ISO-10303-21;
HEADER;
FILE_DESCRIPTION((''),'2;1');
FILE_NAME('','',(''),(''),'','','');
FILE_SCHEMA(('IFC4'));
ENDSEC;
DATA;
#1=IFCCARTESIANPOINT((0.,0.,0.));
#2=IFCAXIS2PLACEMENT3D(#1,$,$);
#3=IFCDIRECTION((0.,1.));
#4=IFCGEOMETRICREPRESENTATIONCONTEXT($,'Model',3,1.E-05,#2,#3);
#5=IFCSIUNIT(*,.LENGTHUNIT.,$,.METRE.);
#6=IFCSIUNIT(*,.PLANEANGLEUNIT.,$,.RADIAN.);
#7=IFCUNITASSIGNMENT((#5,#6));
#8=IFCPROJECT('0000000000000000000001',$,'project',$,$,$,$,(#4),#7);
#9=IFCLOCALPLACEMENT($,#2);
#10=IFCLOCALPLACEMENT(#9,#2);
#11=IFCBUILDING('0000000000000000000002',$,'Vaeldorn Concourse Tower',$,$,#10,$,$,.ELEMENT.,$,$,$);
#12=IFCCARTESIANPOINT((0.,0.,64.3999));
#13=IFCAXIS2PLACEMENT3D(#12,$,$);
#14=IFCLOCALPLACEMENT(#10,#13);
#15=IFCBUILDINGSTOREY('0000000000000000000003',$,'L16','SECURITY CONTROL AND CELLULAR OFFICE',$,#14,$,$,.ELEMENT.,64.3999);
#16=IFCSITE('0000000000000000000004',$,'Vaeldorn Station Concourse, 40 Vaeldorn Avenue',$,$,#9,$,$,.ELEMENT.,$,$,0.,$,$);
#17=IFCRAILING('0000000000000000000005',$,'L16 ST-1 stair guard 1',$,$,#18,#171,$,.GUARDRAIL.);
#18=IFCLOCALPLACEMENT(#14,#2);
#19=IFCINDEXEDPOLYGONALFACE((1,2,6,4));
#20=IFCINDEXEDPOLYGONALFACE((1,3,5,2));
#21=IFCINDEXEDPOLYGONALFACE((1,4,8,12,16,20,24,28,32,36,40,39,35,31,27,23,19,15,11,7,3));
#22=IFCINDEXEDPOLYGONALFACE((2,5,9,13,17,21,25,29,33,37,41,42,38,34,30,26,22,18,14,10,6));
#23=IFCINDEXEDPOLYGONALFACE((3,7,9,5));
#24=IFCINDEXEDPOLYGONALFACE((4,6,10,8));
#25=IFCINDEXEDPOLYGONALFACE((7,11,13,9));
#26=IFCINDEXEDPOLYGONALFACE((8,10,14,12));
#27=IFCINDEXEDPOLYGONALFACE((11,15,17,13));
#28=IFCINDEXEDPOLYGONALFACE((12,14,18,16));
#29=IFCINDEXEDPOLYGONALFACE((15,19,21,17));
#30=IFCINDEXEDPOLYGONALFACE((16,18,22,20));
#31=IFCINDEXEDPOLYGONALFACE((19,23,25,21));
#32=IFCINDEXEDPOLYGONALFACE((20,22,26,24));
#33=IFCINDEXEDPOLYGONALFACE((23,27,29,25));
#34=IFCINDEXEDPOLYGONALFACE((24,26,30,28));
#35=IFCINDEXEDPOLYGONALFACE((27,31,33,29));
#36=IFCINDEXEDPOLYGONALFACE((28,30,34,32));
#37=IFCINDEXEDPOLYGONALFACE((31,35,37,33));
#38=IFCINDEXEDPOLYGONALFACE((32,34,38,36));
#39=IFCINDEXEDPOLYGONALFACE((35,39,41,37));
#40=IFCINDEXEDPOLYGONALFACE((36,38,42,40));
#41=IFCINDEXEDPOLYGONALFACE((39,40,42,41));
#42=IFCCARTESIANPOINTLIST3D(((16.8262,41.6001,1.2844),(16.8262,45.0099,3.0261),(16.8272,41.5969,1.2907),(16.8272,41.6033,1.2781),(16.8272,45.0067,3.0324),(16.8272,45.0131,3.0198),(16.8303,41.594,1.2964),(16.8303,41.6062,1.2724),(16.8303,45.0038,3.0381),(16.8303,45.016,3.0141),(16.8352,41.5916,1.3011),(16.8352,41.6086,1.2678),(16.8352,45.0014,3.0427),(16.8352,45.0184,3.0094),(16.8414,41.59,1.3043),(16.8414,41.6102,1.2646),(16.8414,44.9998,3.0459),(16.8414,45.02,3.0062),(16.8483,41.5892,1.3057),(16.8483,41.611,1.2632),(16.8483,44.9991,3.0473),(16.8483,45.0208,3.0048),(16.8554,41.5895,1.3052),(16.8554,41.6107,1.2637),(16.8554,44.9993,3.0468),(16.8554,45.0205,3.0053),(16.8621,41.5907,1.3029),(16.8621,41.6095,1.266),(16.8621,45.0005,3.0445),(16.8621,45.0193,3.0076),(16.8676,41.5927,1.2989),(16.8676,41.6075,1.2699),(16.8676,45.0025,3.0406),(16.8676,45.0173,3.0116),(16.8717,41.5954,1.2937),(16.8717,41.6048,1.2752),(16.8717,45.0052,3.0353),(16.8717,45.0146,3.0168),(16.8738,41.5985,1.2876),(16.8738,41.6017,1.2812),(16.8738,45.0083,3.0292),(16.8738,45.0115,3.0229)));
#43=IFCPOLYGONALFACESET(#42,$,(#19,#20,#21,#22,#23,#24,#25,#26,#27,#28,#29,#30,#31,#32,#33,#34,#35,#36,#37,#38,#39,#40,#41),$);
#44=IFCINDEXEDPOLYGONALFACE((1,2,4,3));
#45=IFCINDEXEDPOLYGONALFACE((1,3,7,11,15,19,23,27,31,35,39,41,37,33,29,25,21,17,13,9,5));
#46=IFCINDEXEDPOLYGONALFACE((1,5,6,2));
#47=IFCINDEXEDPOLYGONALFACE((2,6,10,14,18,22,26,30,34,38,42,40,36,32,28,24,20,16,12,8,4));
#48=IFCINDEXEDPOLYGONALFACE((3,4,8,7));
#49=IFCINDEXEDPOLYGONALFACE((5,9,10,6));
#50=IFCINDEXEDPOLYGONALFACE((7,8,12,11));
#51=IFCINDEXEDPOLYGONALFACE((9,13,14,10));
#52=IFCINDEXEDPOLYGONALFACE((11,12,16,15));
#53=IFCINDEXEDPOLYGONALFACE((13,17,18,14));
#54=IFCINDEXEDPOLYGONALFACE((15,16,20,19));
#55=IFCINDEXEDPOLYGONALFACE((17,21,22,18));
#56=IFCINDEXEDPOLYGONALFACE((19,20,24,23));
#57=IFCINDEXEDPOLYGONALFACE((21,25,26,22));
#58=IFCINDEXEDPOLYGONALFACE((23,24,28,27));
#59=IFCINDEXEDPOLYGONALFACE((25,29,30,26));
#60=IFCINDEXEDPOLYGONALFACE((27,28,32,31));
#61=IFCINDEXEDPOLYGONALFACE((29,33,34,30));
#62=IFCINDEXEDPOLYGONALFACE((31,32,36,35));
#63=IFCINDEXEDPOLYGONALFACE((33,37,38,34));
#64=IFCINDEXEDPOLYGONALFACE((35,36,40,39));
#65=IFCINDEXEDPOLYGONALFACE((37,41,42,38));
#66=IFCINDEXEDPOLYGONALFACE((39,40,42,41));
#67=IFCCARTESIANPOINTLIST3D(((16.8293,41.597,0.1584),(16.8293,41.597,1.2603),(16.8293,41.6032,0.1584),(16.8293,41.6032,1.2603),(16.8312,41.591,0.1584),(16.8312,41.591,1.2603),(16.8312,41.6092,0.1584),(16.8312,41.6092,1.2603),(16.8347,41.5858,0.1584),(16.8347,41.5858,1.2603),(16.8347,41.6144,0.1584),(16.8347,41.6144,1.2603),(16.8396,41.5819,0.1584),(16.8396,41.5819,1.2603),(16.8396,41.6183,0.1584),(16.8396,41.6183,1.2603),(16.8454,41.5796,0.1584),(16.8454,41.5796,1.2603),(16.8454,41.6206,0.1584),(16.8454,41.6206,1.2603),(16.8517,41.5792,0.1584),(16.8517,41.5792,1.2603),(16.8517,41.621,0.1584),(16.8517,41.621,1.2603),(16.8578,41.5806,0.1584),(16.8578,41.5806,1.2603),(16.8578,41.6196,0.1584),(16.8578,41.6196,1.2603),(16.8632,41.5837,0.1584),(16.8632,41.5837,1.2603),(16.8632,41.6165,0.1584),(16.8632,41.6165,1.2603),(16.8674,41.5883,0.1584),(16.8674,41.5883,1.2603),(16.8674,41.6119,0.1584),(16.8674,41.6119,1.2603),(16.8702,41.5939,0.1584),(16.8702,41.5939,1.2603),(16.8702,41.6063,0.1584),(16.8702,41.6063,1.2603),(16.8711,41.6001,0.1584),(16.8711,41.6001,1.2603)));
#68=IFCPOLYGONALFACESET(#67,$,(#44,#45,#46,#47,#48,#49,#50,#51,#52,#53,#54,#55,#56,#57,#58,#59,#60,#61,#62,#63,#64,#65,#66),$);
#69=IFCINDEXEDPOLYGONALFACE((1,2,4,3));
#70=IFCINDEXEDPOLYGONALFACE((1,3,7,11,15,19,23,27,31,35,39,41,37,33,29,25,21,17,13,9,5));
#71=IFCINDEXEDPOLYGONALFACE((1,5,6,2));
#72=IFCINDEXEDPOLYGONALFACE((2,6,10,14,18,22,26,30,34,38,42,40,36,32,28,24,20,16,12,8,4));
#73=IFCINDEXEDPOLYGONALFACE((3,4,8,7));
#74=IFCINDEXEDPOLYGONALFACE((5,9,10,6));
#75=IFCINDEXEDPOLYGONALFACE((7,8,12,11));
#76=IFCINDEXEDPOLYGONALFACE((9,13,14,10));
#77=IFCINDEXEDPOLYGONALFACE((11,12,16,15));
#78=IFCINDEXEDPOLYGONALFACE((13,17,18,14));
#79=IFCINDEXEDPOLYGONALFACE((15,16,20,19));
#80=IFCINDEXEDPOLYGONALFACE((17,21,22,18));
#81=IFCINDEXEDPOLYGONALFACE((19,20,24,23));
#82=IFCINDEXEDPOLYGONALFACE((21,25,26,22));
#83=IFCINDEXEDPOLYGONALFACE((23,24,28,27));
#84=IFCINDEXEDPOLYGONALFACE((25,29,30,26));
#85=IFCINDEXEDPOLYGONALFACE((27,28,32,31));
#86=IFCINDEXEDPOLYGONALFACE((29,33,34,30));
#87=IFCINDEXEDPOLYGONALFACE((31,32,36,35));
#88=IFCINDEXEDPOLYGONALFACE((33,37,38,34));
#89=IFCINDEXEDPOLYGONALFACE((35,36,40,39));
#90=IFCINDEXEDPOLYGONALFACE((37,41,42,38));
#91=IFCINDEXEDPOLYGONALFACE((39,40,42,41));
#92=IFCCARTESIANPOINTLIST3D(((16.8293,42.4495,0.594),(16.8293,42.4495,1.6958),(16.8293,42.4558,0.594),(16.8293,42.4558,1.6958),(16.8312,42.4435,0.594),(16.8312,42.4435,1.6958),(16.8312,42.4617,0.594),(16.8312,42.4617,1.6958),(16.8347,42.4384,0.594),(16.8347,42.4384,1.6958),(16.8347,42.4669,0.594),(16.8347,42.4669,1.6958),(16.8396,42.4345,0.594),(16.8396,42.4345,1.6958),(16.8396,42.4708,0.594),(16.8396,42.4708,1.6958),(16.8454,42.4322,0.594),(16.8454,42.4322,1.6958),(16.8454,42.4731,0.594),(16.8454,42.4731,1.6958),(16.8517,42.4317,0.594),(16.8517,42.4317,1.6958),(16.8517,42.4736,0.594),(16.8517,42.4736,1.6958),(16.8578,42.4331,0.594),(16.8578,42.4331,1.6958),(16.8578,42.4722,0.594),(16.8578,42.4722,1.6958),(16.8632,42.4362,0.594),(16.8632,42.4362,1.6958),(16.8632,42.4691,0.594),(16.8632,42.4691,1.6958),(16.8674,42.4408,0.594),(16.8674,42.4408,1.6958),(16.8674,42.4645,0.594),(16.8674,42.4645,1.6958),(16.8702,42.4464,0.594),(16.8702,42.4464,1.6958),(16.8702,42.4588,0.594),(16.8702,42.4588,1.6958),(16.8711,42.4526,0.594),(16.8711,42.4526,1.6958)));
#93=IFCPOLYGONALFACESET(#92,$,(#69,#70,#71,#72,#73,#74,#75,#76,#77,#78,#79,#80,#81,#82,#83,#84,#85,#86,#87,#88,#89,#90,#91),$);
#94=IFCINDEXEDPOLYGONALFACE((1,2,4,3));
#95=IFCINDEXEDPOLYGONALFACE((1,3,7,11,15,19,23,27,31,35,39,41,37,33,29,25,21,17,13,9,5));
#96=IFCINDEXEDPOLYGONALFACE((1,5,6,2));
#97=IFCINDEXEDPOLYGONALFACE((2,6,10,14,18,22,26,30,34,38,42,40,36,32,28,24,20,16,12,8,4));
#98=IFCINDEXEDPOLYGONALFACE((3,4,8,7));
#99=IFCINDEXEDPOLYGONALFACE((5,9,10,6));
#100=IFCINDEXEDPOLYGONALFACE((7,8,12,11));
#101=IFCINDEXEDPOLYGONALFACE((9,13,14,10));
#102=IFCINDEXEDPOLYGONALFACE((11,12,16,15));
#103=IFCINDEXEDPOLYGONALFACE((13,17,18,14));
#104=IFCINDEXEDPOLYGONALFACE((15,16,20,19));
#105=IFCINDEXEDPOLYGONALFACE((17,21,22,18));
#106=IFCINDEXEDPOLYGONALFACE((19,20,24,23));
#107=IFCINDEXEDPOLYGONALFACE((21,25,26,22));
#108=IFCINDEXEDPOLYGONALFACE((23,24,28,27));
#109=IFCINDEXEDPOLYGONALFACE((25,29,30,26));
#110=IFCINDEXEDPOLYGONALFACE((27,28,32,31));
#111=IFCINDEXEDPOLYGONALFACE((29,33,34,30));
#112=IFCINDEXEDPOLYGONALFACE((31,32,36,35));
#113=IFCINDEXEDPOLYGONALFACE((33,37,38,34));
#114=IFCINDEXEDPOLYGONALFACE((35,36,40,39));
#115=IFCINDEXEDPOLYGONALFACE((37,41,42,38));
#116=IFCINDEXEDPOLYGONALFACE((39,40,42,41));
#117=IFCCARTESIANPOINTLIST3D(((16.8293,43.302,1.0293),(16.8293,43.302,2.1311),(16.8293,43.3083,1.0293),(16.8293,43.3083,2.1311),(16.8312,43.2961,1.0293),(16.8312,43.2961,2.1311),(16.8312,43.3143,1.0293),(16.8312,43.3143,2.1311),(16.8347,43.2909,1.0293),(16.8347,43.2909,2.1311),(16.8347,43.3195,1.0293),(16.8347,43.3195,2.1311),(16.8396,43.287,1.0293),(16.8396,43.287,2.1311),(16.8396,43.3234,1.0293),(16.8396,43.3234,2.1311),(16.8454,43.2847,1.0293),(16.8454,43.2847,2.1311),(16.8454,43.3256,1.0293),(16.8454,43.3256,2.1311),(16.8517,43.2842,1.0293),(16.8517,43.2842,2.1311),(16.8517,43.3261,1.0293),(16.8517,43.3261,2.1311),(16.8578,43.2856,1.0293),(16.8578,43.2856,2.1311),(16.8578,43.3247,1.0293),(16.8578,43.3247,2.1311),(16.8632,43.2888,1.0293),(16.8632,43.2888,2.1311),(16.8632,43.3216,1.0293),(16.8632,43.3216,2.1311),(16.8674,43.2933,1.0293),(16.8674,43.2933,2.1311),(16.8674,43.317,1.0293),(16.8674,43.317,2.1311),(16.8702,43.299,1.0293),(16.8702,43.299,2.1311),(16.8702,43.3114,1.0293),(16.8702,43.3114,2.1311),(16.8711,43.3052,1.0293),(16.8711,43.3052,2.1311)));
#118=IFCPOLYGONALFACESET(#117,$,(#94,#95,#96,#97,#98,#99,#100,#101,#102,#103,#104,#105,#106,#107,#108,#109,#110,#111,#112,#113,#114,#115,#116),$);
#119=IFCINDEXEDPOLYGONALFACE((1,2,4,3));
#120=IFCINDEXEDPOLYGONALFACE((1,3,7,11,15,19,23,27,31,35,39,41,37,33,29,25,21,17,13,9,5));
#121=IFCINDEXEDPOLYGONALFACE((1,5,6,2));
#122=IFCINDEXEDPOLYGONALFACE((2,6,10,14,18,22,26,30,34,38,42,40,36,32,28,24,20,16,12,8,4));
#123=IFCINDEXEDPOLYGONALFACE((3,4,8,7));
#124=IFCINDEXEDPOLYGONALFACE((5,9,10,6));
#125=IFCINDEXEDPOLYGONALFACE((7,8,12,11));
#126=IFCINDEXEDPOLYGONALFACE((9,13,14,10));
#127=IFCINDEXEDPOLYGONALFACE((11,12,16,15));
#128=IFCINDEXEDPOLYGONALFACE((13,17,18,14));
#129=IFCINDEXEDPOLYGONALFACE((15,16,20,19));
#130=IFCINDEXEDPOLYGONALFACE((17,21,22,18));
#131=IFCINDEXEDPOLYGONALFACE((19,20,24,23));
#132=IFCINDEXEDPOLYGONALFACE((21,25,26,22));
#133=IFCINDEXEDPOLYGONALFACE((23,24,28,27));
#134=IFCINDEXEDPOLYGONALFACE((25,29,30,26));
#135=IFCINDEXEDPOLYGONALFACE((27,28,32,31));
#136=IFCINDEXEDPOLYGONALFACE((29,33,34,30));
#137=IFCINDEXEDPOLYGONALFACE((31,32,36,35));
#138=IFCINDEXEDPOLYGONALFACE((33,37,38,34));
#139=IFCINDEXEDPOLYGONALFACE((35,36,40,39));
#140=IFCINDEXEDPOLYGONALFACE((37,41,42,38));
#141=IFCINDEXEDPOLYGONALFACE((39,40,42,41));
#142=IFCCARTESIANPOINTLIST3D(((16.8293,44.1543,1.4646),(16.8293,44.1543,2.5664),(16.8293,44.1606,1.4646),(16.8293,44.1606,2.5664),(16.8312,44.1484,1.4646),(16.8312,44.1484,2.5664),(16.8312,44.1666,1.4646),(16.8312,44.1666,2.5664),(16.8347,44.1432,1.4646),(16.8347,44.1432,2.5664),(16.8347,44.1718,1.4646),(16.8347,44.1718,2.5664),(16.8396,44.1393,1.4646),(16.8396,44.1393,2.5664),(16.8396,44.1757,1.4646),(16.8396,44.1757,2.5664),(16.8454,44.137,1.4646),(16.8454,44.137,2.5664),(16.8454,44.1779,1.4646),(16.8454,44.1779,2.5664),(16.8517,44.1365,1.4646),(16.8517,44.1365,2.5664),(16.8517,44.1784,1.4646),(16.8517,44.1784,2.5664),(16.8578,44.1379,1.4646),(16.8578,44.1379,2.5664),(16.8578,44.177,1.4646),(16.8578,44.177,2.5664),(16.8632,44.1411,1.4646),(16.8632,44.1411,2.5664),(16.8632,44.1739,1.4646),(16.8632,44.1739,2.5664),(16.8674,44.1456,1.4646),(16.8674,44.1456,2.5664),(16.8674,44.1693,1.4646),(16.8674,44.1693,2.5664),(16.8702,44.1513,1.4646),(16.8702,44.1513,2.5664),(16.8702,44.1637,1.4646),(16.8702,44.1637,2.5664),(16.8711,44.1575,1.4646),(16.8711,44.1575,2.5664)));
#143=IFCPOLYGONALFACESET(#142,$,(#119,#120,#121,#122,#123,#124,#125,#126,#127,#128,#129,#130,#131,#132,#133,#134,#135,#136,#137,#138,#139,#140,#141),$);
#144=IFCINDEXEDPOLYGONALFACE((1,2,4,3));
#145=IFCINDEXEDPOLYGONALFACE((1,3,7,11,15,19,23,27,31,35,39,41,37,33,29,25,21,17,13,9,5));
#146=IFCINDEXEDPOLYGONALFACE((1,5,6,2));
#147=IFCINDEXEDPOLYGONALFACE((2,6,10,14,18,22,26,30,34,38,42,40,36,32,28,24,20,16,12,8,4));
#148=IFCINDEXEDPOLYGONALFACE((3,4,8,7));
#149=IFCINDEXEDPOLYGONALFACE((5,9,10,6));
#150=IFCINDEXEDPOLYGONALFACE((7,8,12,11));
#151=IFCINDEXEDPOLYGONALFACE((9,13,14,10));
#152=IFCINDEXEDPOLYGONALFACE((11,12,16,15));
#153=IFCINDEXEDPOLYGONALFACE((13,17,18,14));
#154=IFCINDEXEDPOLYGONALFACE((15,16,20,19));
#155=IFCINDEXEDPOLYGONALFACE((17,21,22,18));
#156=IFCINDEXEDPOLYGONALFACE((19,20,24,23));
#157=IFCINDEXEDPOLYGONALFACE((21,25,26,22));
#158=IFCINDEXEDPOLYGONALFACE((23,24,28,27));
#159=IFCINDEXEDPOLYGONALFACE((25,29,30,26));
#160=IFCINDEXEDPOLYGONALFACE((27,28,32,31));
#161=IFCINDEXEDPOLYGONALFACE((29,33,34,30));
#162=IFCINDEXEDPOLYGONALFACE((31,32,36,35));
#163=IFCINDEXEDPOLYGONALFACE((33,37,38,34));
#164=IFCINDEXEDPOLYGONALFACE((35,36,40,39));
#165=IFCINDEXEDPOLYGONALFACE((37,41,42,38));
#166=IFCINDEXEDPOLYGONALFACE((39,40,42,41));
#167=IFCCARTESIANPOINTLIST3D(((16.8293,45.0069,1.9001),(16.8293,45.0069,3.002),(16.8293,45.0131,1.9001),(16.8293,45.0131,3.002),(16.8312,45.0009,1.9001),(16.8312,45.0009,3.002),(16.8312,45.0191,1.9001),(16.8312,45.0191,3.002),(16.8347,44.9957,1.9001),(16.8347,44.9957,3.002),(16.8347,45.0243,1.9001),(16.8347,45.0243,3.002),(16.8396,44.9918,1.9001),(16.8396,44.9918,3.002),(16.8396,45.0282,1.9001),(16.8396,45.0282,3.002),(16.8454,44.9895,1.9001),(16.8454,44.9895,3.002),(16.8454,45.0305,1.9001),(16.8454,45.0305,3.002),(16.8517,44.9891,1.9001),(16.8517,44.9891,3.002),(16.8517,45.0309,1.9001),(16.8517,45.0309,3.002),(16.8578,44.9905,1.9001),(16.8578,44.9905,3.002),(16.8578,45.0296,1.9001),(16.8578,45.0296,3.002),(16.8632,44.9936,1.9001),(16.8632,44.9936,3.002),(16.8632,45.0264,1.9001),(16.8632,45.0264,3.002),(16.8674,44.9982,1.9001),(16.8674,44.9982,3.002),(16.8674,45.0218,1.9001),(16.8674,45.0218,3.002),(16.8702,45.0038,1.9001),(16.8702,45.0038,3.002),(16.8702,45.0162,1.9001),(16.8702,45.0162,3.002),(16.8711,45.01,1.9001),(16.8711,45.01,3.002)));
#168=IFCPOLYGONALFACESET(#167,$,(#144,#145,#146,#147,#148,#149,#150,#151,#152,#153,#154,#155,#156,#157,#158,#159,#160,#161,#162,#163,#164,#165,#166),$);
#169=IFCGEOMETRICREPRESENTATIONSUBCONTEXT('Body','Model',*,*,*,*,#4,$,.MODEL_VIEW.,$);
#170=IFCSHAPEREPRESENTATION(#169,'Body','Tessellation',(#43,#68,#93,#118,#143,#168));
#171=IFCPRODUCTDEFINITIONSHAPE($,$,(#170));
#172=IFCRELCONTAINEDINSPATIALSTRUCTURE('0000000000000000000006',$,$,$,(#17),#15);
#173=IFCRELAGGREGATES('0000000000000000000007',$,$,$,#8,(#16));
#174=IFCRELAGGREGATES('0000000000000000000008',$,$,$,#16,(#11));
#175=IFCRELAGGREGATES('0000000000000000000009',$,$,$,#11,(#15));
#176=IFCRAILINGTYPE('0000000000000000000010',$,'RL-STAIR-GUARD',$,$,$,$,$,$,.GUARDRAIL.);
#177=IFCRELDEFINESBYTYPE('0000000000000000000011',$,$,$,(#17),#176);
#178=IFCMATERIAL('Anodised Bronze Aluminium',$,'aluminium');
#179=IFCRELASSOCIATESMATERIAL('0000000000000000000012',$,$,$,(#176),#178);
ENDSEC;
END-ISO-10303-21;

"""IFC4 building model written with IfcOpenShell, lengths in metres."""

from ifc_helpers import new_model, si_unit, direction, frame, origin, origin_2d, place, context, subcontext, project, spatial, circle, extrude, material, type_object, element, save


model = new_model("IFC4")

# Units and contexts
model_context = context("Model", 3, precision=1e-05, world=origin(), true_north=direction((0.0, 1.0)))
body_context = subcontext(model_context, "Body", "Model", "MODEL_VIEW")
ifc_project = project(units=[si_unit("LENGTHUNIT", "METRE"), si_unit("PLANEANGLEUNIT", "RADIAN")], contexts=[model_context])

# Site, building, storey
site_placement = place(None, origin())
site = spatial("IfcSite", under=ifc_project, at=site_placement, Name="Vaeldorn Station Concourse, 40 Vaeldorn Avenue", CompositionType="ELEMENT", RefElevation=0.0)
building_placement = place(site_placement, origin())
building = spatial("IfcBuilding", under=site, at=building_placement, Name="Vaeldorn Concourse Tower", CompositionType="ELEMENT")
storey_placement = place(building_placement, frame((0.0, 0.0, 64.3999)))
storey = spatial("IfcBuildingStorey", under=building, at=storey_placement, Name="L16", Description="SECURITY CONTROL AND CELLULAR OFFICE", CompositionType="ELEMENT", Elevation=64.3999)

# Shared definitions
ifc_material_1 = material(Name="Anodised Bronze Aluminium", Category="aluminium")

# Railing
railing_type_1 = type_object("IfcRailingType", Name="RL-STAIR-GUARD", PredefinedType="GUARDRAIL", material=ifc_material_1)
railing_1_placement = place(storey_placement, frame((16.8501, 41.6001, 0.1584)))
element("IfcRailing", 1, at=railing_1_placement, inside=storey, type_object=railing_type_1, Name="L16 ST-1 stair guard 1", PredefinedType="GUARDRAIL", context=body_context, shape_type="SweptSolid", body=[
    extrude(circle(Radius=0.0239, at=origin_2d()), frame((0.0, 0.0, 1.126), z_axis=(0.0, 0.890556, 0.454874), x_axis=(-1.0, 0.0, 0.0)), (0.0, 0.0, 1.0), 3.8289),
    extrude(circle(Radius=0.021, at=origin_2d()), origin(), (0.0, 0.0, 1.0), 1.1018),
    extrude(circle(Radius=0.021, at=origin_2d()), frame((0.0, 0.8525, 0.4355)), (0.0, 0.0, 1.0), 1.1018),
    extrude(circle(Radius=0.021, at=origin_2d()), frame((0.0, 1.7051, 0.8708)), (0.0, 0.0, 1.0), 1.1018),
    extrude(circle(Radius=0.021, at=origin_2d()), frame((0.0, 2.5574, 1.3062)), (0.0, 0.0, 1.0), 1.1018),
    extrude(circle(Radius=0.021, at=origin_2d()), frame((0.0, 3.4099, 1.7417)), (0.0, 0.0, 1.0), 1.1018),
])

save(model, "model.ifc")
